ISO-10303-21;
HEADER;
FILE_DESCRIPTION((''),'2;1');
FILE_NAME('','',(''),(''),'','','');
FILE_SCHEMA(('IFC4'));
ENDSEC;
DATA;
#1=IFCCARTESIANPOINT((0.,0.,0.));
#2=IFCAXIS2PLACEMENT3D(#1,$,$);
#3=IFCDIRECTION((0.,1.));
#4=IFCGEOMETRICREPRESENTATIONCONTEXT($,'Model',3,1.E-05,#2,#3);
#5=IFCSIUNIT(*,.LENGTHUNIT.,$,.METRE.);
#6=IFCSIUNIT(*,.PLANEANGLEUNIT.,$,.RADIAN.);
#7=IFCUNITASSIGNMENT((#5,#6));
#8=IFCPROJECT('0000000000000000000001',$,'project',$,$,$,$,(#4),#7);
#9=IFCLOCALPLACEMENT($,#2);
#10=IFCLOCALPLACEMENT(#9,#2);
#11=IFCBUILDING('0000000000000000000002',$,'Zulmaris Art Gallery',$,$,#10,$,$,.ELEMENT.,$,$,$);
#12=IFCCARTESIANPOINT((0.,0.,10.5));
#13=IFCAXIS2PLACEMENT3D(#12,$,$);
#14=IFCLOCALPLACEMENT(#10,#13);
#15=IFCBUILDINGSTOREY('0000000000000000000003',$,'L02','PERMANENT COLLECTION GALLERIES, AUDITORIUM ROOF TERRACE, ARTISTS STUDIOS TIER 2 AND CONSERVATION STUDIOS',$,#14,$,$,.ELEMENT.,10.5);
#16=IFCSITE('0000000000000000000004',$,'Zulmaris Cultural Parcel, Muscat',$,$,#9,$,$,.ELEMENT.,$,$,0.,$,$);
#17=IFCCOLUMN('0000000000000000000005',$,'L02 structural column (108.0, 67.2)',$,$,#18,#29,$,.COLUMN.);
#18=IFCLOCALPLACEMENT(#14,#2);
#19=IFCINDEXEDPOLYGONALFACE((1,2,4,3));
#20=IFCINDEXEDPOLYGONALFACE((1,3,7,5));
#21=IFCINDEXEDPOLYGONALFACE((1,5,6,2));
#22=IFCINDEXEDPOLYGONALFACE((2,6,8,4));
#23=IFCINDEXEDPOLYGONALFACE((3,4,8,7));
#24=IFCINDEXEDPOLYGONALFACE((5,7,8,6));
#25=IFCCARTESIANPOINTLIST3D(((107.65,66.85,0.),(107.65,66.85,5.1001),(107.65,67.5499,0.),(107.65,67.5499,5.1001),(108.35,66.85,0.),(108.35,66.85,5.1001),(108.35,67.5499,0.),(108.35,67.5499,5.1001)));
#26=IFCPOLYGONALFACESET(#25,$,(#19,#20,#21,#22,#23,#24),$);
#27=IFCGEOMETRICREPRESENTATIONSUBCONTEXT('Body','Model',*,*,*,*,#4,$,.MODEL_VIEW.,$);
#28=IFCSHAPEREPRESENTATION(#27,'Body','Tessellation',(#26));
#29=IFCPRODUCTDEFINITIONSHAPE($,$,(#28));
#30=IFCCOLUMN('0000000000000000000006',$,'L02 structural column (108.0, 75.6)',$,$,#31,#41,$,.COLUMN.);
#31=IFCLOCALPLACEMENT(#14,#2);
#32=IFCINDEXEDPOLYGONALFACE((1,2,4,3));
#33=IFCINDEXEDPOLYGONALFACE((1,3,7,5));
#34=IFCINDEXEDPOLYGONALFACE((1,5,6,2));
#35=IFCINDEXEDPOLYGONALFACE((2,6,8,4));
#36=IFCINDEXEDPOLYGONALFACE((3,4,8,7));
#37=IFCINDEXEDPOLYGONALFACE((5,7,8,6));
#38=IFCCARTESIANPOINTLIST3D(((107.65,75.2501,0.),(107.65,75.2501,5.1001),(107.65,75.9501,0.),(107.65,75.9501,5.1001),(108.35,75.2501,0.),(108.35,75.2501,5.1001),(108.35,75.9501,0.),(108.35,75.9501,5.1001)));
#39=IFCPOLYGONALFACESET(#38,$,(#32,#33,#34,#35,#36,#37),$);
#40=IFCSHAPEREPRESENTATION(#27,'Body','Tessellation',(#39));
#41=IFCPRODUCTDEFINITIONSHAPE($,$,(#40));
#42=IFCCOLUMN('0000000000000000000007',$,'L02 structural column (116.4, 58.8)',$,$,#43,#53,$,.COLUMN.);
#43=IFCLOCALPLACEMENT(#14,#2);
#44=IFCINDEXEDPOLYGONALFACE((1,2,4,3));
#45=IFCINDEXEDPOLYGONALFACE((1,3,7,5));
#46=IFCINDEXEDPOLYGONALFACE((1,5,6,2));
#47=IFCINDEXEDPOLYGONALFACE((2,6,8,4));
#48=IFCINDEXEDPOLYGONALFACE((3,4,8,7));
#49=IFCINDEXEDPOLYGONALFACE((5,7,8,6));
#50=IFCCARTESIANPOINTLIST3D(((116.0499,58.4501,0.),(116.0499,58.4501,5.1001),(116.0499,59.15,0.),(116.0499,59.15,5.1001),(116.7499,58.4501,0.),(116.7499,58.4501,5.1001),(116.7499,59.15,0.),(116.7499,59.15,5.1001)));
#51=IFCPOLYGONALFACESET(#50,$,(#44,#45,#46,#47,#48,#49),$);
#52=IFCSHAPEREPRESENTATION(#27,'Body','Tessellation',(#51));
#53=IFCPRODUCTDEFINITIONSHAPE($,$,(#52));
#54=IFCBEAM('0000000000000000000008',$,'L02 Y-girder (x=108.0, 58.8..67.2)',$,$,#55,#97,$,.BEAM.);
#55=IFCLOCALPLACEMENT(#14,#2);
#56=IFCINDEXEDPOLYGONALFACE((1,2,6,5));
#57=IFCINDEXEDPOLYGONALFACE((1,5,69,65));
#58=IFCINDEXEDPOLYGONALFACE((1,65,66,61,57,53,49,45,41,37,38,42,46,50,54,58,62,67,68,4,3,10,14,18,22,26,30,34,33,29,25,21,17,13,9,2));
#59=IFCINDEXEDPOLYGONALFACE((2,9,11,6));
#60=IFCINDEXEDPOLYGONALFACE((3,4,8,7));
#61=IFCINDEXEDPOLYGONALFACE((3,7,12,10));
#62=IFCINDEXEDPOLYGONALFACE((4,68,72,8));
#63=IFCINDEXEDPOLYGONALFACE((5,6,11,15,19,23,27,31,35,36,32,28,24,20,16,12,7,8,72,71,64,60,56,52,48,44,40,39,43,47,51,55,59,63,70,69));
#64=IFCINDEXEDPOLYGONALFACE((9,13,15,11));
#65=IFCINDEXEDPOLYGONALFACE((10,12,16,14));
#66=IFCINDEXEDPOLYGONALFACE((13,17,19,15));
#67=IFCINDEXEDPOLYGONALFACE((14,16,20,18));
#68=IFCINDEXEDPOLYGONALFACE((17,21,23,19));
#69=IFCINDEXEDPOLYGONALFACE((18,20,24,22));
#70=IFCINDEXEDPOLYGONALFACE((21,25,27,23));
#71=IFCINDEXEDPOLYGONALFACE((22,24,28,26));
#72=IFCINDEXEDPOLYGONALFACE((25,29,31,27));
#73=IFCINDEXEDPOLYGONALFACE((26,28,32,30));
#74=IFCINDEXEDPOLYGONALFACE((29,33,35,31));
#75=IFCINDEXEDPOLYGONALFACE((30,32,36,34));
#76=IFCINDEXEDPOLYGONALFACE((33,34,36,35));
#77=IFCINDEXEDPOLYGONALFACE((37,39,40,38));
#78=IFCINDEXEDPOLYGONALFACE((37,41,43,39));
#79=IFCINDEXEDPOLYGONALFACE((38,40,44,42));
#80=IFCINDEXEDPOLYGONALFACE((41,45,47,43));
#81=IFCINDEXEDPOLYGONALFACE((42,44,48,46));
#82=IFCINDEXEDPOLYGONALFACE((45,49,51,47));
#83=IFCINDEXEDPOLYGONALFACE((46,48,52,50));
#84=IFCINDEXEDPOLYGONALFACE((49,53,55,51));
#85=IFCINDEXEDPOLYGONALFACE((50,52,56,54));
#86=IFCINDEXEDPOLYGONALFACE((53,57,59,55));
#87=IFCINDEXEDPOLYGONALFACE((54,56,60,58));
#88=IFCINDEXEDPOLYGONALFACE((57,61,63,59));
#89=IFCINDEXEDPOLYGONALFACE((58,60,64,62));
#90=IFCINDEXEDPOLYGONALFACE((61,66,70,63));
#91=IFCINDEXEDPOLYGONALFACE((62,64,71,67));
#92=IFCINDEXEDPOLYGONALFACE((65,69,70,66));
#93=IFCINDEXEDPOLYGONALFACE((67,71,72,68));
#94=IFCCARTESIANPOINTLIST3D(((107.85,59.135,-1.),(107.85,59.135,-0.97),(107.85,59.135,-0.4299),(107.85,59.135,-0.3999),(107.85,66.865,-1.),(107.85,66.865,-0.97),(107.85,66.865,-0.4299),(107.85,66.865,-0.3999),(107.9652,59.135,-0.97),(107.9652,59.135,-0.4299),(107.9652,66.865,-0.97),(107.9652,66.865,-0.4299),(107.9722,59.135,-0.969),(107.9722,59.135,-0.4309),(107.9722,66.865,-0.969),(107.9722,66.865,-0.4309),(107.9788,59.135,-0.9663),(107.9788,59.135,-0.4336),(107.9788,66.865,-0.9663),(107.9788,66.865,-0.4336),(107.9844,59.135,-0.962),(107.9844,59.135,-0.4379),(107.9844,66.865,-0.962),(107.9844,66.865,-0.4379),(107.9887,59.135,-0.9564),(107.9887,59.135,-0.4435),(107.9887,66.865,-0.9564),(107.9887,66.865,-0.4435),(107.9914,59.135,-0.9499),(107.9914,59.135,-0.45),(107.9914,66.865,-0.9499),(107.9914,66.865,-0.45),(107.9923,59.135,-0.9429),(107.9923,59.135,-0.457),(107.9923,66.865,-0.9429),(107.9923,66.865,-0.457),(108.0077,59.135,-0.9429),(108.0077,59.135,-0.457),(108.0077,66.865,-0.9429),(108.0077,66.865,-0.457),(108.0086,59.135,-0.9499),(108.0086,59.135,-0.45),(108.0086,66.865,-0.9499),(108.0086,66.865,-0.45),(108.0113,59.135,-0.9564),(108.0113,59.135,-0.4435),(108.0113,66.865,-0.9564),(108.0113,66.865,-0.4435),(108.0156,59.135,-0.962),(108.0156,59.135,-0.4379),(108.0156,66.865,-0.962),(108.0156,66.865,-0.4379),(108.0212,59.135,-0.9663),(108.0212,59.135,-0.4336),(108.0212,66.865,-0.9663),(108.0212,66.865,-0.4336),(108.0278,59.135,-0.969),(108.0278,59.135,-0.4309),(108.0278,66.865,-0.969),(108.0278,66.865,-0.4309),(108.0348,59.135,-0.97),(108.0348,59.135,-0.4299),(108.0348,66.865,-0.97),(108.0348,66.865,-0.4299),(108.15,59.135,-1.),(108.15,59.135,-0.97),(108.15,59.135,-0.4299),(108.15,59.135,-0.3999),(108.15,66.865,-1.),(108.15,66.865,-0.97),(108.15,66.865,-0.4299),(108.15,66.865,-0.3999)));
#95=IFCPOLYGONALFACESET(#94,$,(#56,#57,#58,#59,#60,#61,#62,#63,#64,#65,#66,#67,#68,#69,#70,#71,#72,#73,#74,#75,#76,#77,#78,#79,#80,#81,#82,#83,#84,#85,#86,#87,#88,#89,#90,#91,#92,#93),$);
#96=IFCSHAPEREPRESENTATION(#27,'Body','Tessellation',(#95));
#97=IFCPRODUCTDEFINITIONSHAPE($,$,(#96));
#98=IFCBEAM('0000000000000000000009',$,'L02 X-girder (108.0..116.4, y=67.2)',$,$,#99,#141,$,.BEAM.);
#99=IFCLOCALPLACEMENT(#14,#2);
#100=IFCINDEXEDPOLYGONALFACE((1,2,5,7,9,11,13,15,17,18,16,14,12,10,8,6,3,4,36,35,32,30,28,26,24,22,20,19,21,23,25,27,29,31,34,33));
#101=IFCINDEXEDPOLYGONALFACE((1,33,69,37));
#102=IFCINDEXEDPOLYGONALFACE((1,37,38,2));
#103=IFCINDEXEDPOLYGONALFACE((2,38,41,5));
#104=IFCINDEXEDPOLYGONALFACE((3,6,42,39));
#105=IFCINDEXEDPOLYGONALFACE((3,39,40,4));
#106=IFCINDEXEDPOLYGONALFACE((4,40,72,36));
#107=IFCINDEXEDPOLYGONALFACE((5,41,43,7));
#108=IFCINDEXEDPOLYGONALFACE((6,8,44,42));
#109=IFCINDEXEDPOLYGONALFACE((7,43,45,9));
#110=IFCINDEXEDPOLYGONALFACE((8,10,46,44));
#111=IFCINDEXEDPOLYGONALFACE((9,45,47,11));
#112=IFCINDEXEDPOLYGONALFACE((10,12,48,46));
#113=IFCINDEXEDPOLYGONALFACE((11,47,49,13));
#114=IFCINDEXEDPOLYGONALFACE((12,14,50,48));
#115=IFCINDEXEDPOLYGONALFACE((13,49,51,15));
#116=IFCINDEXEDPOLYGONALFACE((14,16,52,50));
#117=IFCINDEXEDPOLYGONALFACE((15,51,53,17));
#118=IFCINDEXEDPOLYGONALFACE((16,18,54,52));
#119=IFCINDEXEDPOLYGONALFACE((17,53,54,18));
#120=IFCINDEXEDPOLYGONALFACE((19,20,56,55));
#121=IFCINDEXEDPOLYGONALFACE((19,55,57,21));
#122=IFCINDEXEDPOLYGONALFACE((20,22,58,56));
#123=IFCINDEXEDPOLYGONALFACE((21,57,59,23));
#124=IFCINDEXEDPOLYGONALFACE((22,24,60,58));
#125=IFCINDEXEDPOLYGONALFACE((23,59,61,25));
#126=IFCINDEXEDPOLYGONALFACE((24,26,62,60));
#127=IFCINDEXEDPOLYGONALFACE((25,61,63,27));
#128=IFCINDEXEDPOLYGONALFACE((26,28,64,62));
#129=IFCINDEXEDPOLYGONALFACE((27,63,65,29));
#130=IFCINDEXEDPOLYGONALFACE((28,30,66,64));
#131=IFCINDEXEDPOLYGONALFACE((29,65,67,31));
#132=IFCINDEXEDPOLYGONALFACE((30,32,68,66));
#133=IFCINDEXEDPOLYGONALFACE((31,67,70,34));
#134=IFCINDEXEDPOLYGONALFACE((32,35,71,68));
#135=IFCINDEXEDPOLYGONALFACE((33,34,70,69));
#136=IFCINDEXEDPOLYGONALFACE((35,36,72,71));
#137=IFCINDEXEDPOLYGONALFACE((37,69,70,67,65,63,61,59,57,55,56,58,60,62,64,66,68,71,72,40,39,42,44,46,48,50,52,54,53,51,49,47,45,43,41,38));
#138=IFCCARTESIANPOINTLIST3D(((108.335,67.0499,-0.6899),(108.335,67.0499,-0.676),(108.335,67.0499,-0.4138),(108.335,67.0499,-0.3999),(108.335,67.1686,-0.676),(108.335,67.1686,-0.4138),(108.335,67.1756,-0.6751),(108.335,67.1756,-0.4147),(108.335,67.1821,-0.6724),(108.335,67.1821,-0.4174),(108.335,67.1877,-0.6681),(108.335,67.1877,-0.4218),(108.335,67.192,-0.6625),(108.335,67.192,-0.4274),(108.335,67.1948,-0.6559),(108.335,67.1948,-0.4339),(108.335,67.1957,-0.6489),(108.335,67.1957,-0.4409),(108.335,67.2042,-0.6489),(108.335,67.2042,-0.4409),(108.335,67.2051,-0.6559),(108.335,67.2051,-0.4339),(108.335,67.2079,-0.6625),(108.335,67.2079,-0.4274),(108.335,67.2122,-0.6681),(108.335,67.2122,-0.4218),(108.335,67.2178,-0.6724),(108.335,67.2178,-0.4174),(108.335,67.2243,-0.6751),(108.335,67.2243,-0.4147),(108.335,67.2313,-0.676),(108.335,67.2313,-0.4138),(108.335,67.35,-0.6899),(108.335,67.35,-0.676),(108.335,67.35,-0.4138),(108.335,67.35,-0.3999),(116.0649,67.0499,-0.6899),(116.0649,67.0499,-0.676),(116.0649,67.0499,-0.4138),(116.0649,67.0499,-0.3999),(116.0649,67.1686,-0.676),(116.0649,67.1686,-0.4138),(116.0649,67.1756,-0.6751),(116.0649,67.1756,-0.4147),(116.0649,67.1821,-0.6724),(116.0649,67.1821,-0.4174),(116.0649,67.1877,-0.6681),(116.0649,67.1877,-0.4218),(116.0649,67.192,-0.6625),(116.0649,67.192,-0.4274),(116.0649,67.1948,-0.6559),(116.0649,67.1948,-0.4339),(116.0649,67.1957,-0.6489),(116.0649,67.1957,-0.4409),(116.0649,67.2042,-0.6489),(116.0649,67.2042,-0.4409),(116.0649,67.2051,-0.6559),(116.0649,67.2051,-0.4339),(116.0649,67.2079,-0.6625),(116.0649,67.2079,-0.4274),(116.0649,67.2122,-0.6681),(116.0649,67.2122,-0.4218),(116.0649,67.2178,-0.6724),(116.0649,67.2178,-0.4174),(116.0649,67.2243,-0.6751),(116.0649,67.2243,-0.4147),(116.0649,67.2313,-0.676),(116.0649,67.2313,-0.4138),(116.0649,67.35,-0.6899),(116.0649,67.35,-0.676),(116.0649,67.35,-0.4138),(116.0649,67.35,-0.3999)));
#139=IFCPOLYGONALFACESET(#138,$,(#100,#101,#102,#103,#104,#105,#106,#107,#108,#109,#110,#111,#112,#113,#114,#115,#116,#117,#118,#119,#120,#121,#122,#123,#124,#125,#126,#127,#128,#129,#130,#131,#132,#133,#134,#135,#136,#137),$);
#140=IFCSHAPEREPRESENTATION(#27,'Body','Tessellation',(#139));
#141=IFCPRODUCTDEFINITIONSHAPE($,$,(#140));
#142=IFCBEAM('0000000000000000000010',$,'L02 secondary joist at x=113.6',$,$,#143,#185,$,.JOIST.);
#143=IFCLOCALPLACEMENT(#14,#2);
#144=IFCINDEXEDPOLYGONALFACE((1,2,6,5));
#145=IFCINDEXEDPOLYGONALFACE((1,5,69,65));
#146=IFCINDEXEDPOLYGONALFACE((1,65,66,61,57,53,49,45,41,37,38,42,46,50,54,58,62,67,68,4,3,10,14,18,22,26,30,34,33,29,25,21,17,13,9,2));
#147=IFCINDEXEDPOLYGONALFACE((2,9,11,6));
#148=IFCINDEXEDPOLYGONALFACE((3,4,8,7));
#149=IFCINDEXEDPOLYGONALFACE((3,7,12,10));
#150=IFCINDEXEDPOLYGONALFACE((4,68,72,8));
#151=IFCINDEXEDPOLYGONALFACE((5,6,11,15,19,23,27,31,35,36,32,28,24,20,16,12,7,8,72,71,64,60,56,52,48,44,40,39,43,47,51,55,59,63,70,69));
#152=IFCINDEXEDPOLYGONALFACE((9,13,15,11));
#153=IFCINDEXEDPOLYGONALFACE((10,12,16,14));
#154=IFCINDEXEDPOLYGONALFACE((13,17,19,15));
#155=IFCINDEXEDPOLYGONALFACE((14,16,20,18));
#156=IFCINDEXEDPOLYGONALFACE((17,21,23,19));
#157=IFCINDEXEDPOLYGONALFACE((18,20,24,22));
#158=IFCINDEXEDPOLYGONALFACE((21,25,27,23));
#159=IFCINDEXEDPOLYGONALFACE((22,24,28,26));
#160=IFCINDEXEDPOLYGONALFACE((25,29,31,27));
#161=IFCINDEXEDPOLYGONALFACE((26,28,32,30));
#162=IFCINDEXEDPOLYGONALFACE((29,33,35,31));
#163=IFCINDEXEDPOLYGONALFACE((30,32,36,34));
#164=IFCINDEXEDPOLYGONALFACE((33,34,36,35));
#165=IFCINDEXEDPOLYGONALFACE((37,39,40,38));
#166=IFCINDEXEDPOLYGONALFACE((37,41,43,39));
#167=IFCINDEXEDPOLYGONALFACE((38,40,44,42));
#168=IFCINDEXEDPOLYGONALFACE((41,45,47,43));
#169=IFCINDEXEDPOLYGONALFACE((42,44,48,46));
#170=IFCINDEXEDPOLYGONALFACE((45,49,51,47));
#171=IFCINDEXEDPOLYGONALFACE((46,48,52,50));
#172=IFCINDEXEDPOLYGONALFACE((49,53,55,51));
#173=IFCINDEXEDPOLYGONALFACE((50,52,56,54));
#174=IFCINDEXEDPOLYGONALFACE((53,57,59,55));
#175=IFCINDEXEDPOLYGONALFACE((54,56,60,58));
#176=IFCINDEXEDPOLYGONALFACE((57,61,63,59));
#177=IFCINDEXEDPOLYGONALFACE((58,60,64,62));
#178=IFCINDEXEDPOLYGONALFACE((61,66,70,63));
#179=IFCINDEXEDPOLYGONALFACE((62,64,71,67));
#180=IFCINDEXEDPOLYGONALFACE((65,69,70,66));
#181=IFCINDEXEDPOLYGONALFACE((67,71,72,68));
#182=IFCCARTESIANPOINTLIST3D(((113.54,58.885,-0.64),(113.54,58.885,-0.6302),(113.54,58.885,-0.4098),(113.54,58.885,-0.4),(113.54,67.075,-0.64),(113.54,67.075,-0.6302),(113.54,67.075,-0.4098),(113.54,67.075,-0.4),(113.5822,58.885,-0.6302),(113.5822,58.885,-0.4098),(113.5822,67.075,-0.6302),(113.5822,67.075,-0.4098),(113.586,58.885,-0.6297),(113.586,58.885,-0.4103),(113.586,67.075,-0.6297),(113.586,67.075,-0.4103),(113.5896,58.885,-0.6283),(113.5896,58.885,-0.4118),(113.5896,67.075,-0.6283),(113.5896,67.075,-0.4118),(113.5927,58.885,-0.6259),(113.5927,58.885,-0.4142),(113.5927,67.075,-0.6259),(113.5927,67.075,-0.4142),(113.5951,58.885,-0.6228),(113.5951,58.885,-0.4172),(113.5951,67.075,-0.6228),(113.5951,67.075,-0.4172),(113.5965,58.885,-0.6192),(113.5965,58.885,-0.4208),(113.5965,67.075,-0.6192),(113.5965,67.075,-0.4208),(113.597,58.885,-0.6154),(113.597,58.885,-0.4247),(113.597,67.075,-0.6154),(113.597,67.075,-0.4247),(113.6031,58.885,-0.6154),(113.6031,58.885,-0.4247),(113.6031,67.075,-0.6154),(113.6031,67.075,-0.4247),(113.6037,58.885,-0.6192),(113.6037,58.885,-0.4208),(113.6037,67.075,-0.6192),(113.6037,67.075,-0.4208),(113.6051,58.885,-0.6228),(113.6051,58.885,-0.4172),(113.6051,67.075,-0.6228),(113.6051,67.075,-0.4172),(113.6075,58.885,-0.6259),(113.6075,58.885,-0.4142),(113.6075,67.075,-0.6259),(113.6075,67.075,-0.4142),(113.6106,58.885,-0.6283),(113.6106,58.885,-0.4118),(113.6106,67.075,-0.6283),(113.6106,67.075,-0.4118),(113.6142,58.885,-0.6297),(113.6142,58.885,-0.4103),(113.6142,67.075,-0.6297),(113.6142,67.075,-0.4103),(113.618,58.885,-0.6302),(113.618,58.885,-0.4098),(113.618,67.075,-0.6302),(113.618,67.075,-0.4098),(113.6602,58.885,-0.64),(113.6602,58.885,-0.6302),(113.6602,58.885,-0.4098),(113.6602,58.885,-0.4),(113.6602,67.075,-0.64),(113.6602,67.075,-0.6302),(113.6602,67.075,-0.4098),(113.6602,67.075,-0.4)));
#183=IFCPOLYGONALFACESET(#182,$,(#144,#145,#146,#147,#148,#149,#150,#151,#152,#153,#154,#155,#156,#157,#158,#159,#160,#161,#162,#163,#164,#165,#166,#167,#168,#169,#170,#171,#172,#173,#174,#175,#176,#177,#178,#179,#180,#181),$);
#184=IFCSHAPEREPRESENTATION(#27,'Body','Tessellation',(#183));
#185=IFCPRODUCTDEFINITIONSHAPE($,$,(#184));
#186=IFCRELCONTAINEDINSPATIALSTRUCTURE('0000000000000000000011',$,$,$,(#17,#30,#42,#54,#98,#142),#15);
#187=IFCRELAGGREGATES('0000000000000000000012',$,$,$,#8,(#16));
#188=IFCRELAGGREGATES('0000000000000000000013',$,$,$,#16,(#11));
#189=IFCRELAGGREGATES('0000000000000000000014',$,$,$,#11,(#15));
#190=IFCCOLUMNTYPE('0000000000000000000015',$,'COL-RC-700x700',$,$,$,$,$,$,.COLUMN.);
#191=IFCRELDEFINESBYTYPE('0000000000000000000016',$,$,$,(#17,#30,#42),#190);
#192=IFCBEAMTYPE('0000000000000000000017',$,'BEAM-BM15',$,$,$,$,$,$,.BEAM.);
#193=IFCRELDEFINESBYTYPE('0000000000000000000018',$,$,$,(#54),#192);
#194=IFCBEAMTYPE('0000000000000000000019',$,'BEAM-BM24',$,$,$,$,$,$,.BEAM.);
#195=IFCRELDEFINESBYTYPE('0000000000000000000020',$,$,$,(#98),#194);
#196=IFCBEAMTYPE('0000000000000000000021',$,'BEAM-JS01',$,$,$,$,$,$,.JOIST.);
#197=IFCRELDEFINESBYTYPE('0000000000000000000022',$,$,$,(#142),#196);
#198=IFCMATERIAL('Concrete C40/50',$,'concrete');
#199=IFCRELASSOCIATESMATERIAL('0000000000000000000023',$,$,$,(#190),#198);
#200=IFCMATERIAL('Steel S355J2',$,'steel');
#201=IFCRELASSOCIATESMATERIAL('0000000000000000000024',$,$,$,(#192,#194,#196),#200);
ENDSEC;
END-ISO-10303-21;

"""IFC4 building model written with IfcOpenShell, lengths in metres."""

from ifc_helpers import new_model, si_unit, direction, frame, origin, origin_2d, place, context, subcontext, project, spatial, rectangle, i_section, extrude, material, material_profile, profile_set, type_object, element, save


model = new_model("IFC4")

# Units and contexts
model_context = context("Model", 3, precision=1e-05, world=origin(), true_north=direction((0.0, 1.0)))
body_context = subcontext(model_context, "Body", "Model", "MODEL_VIEW")
ifc_project = project(units=[si_unit("LENGTHUNIT", "METRE"), si_unit("PLANEANGLEUNIT", "RADIAN")], contexts=[model_context])

# Site, building, storey
site_placement = place(None, origin())
site = spatial("IfcSite", under=ifc_project, at=site_placement, Name="Zulmaris Cultural Parcel, Muscat", CompositionType="ELEMENT", RefElevation=0.0)
building_placement = place(site_placement, origin())
building = spatial("IfcBuilding", under=site, at=building_placement, Name="Zulmaris Art Gallery", CompositionType="ELEMENT")
storey_placement = place(building_placement, frame((0.0, 0.0, 10.5)))
storey = spatial("IfcBuildingStorey", under=building, at=storey_placement, Name="L02", Description="PERMANENT COLLECTION GALLERIES, AUDITORIUM ROOF TERRACE, ARTISTS STUDIOS TIER 2 AND CONSERVATION STUDIOS", CompositionType="ELEMENT", Elevation=10.5)

# Columns
ifc_material_1 = material(Name="Concrete C40/50", Category="concrete")
ifc_material_profile_1 = material_profile(ifc_material_1, rectangle(XDim=0.7, YDim=0.7, at=origin_2d()), Name="RC 700x700")
ifc_profile_set_1 = profile_set([ifc_material_profile_1], Name="Concrete C40/50")
column_type = type_object("IfcColumnType", Name="COL-RC-700x700", PredefinedType="COLUMN", material=ifc_profile_set_1)
for number, where, z_axis, x_axis, name in (
    (1, (108.0, 67.2, 0.0), (0.0, 0.0, 1.0), (1.0, 0.0, 0.0), "L02 structural column (108.0, 67.2)"),
    (2, (108.0, 75.6001, 0.0), (0.0, 0.0, 1.0), (1.0, 0.0, 0.0), "L02 structural column (108.0, 75.6)"),
    (3, (116.3999, 58.8, 0.0), (0.0, 0.0, 1.0), (1.0, 0.0, 0.0), "L02 structural column (116.4, 58.8)"),
):
    element("IfcColumn", number, at=place(storey_placement, frame(where, z_axis=z_axis, x_axis=x_axis)), inside=storey, type_object=column_type, Name=name, PredefinedType="COLUMN", context=body_context, shape_type="SweptSolid", body=[
        extrude(rectangle(XDim=0.7, YDim=0.7, at=origin_2d()), origin(), (0.0, 0.0, 1.0), 5.1001),
    ])

# Beams
ifc_material_2 = material(Name="Steel S355J2", Category="steel")
ifc_material_profile_2 = material_profile(ifc_material_2, i_section(OverallWidth=0.3, OverallDepth=0.6001, WebThickness=0.0154, FlangeThickness=0.03, FilletRadius=0.0271, at=origin_2d()), Name="HEB 600")
ifc_profile_set_2 = profile_set([ifc_material_profile_2], Name="Steel S355J2")
beam_type_1 = type_object("IfcBeamType", Name="BEAM-BM15", PredefinedType="BEAM", material=ifc_profile_set_2)
beam_1_placement = place(storey_placement, frame((108.0, 59.135, -0.7), z_axis=(0.0, 1.0, 0.0), x_axis=(-1.0, 0.0, 0.0)))
element("IfcBeam", 4, at=beam_1_placement, inside=storey, type_object=beam_type_1, Name="L02 Y-girder (x=108.0, 58.8..67.2)", PredefinedType="BEAM", context=body_context, shape_type="SweptSolid", body=[
    extrude(i_section(OverallWidth=0.3, OverallDepth=0.6001, WebThickness=0.0154, FlangeThickness=0.03, FilletRadius=0.0271, at=origin_2d()), origin(), (0.0, 0.0, 1.0), 7.73),
])
ifc_material_profile_3 = material_profile(ifc_material_2, i_section(OverallWidth=0.3, OverallDepth=0.29, WebThickness=0.0085, FlangeThickness=0.0139, FilletRadius=0.0271, at=origin_2d()), Name="HEA 300")
ifc_profile_set_3 = profile_set([ifc_material_profile_3], Name="Steel S355J2")
beam_type_2 = type_object("IfcBeamType", Name="BEAM-BM24", PredefinedType="BEAM", material=ifc_profile_set_3)
beam_2_placement = place(storey_placement, frame((108.335, 67.2, -0.5449), z_axis=(1.0, 0.0, 0.0), x_axis=(0.0, 1.0, 0.0)))
element("IfcBeam", 5, at=beam_2_placement, inside=storey, type_object=beam_type_2, Name="L02 X-girder (108.0..116.4, y=67.2)", PredefinedType="BEAM", context=body_context, shape_type="SweptSolid", body=[
    extrude(i_section(OverallWidth=0.3, OverallDepth=0.29, WebThickness=0.0085, FlangeThickness=0.0139, FilletRadius=0.0271, at=origin_2d()), origin(), (0.0, 0.0, 1.0), 7.73),
])
ifc_material_profile_4 = material_profile(ifc_material_2, i_section(OverallWidth=0.1201, OverallDepth=0.24, WebThickness=0.0061, FlangeThickness=0.0098, FilletRadius=0.0149, at=origin_2d()), Name="IPE 240")
ifc_profile_set_4 = profile_set([ifc_material_profile_4], Name="Steel S355J2")
beam_type_3 = type_object("IfcBeamType", Name="BEAM-JS01", PredefinedType="JOIST", material=ifc_profile_set_4)
beam_3_placement = place(storey_placement, frame((113.6001, 58.885, -0.52), z_axis=(0.0, 1.0, 0.0), x_axis=(-1.0, 0.0, 0.0)))
element("IfcBeam", 6, at=beam_3_placement, inside=storey, type_object=beam_type_3, Name="L02 secondary joist at x=113.6", PredefinedType="JOIST", context=body_context, shape_type="SweptSolid", body=[
    extrude(i_section(OverallWidth=0.1201, OverallDepth=0.24, WebThickness=0.0061, FlangeThickness=0.0098, FilletRadius=0.0149, at=origin_2d()), origin(), (0.0, 0.0, 1.0), 8.1899),
])

save(model, "model.ifc")
